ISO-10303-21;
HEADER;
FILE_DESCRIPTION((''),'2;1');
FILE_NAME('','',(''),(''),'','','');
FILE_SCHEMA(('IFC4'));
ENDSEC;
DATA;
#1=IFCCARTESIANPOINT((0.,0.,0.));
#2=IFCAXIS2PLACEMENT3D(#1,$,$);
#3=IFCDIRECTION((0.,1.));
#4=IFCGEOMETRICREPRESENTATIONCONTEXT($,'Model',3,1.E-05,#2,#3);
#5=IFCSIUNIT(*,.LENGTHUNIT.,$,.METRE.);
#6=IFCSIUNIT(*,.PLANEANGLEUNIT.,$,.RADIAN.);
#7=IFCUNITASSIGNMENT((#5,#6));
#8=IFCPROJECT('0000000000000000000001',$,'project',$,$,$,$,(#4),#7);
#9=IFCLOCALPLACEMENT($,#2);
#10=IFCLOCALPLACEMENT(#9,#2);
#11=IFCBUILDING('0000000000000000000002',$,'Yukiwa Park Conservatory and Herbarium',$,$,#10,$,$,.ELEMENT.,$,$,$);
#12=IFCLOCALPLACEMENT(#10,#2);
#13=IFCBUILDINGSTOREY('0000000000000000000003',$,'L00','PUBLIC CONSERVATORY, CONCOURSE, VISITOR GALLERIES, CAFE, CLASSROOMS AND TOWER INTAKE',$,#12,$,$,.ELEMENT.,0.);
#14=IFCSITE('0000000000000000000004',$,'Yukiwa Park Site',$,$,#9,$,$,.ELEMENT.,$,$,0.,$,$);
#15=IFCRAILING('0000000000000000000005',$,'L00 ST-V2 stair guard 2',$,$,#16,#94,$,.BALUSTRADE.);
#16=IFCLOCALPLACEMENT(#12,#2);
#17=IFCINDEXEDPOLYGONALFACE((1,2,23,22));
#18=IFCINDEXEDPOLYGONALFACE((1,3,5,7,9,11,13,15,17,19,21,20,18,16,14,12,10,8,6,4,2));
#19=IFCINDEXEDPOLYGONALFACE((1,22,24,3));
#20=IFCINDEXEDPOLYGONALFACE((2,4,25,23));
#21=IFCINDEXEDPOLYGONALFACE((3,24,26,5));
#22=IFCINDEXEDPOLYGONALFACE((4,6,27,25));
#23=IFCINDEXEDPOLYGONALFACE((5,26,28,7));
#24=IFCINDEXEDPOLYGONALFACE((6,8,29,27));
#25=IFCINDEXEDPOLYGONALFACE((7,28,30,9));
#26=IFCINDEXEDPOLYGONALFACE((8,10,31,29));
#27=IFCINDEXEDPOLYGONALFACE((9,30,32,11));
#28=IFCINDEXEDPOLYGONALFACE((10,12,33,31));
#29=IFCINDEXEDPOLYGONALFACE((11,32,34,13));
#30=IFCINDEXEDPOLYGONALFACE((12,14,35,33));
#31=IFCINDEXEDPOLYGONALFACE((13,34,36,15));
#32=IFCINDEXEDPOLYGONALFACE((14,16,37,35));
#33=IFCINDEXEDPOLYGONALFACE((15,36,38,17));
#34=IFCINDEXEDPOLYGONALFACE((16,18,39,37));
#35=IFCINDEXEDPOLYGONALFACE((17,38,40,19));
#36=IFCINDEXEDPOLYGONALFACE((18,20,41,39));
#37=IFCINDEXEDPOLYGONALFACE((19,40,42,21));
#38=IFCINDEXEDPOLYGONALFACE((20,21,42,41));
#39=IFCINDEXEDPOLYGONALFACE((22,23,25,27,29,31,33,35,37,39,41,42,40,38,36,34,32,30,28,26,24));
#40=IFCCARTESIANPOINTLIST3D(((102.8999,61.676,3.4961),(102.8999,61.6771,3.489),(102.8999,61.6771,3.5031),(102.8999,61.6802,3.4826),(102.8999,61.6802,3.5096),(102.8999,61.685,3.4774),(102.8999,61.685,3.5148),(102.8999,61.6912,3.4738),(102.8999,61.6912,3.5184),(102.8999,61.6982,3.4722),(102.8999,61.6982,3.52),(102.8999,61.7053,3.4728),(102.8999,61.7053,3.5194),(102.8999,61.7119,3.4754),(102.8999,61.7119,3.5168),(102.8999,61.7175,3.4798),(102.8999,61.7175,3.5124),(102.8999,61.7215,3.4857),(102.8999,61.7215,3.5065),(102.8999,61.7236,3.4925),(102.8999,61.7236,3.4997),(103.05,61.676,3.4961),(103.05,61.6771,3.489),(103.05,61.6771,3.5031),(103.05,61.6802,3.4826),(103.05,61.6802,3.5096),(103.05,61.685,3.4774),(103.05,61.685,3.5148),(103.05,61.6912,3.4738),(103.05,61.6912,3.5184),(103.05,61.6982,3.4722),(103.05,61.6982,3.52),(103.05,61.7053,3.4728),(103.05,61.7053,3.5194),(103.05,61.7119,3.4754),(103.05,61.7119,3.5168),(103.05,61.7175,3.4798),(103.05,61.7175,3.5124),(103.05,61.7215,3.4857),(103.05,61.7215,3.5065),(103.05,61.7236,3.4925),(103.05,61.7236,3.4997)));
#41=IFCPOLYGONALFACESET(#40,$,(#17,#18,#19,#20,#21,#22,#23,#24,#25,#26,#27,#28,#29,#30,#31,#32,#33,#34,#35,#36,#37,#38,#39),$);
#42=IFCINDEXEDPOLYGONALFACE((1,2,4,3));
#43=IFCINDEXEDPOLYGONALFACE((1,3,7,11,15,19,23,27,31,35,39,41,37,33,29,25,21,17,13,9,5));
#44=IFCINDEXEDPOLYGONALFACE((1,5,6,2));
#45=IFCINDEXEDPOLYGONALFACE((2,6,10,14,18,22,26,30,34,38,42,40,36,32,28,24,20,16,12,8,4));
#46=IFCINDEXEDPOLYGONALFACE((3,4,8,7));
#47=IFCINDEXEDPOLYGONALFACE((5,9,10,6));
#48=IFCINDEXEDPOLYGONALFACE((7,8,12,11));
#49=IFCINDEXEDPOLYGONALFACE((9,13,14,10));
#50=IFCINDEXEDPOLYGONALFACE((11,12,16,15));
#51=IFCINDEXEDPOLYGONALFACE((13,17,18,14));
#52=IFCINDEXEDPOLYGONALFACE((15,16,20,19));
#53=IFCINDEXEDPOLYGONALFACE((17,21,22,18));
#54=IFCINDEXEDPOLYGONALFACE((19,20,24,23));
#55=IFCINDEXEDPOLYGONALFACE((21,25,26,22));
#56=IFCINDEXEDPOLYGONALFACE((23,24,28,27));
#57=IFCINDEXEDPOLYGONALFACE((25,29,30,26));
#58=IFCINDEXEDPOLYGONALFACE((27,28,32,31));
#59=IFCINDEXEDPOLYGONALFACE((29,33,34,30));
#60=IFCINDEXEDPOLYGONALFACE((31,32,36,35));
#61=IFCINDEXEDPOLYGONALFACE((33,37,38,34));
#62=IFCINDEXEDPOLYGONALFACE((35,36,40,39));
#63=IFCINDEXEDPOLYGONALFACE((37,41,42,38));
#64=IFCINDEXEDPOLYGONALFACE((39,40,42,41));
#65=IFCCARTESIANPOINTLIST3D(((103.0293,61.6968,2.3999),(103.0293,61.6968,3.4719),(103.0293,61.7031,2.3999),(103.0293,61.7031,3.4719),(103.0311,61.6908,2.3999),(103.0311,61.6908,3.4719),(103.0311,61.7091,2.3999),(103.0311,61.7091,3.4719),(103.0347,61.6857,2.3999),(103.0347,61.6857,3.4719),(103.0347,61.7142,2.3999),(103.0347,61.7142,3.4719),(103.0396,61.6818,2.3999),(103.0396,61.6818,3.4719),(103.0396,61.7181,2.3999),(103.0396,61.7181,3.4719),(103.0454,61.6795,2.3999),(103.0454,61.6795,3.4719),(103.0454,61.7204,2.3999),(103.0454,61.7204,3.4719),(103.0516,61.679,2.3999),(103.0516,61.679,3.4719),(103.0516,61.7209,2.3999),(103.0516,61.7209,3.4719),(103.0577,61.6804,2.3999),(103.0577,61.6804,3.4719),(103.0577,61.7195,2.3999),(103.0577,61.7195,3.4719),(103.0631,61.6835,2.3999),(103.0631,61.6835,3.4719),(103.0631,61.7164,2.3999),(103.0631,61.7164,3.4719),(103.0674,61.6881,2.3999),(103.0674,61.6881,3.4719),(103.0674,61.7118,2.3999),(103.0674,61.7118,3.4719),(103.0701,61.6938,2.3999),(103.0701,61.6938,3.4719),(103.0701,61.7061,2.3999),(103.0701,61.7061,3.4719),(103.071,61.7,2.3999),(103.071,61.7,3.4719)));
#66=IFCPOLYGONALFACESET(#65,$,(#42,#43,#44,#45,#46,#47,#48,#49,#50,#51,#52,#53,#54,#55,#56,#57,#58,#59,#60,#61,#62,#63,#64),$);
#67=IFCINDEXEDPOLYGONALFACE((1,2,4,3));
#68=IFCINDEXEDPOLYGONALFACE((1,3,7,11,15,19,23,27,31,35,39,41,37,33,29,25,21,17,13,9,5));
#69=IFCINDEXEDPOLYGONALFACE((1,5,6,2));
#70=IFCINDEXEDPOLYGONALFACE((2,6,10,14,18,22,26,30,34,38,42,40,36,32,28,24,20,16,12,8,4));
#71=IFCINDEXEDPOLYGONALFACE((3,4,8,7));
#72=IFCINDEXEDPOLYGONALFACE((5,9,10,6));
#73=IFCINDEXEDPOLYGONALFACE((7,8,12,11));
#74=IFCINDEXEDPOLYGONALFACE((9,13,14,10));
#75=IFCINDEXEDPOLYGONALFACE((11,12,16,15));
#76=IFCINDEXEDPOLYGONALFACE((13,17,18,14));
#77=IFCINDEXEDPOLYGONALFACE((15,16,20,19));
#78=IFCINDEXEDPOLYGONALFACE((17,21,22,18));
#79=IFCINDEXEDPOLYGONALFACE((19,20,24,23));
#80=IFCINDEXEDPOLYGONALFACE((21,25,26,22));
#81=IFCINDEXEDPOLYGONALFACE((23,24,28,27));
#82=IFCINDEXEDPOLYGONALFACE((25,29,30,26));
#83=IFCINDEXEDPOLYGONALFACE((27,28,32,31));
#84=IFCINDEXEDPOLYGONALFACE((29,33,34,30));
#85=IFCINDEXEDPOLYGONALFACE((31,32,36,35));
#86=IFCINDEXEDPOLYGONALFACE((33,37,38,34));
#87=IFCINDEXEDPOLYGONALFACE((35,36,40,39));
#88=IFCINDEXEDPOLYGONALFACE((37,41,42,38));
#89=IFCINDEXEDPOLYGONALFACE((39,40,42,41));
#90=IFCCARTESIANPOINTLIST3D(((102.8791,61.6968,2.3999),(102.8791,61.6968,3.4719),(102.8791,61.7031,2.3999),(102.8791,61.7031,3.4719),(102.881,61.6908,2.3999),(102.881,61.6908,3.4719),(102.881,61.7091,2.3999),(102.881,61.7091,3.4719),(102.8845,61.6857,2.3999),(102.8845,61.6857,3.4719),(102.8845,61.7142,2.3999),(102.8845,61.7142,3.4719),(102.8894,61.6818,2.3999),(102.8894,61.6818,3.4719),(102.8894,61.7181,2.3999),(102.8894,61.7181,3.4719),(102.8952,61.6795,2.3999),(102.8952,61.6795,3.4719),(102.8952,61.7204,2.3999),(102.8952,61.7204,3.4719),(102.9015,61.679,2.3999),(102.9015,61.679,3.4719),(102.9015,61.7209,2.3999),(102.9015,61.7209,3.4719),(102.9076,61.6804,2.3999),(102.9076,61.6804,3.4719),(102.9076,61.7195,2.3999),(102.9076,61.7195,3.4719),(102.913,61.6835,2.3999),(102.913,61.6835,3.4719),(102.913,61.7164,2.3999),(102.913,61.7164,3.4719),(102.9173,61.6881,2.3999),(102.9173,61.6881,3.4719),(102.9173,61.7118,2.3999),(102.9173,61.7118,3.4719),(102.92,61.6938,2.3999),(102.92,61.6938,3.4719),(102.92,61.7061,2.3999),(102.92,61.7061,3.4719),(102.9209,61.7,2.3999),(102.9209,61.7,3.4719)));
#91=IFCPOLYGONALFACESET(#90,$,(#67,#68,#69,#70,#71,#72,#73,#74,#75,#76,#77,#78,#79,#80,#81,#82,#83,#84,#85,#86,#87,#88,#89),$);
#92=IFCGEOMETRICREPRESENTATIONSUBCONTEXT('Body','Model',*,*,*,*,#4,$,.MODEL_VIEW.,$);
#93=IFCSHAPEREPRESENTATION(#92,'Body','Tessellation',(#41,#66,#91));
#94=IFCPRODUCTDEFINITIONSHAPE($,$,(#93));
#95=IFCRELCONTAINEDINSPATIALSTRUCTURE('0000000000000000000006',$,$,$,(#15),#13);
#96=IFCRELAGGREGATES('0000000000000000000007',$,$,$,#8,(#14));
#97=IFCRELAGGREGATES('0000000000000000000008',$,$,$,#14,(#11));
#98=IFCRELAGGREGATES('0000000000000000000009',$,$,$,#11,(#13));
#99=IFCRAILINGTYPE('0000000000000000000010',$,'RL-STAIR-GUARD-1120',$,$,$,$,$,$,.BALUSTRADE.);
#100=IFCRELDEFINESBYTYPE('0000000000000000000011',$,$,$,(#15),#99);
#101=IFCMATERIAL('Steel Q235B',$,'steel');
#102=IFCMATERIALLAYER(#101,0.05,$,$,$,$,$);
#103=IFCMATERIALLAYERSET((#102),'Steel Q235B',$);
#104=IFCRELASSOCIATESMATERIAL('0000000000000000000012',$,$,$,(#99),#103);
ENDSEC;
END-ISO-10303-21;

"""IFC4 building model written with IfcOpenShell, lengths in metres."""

from ifc_helpers import new_model, si_unit, direction, frame, origin, origin_2d, place, context, subcontext, project, spatial, circle, extrude, material, layer, layer_set, type_object, element, save


model = new_model("IFC4")

# Units and contexts
model_context = context("Model", 3, precision=1e-05, world=origin(), true_north=direction((0.0, 1.0)))
body_context = subcontext(model_context, "Body", "Model", "MODEL_VIEW")
ifc_project = project(units=[si_unit("LENGTHUNIT", "METRE"), si_unit("PLANEANGLEUNIT", "RADIAN")], contexts=[model_context])

# Site, building, storey
site_placement = place(None, origin())
site = spatial("IfcSite", under=ifc_project, at=site_placement, Name="Yukiwa Park Site", CompositionType="ELEMENT", RefElevation=0.0)
building_placement = place(site_placement, origin())
building = spatial("IfcBuilding", under=site, at=building_placement, Name="Yukiwa Park Conservatory and Herbarium", CompositionType="ELEMENT")
storey_placement = place(building_placement, origin())
storey = spatial("IfcBuildingStorey", under=building, at=storey_placement, Name="L00", Description="PUBLIC CONSERVATORY, CONCOURSE, VISITOR GALLERIES, CAFE, CLASSROOMS AND TOWER INTAKE", CompositionType="ELEMENT", Elevation=0.0)

# Railing
ifc_material_1 = material(Name="Steel Q235B", Category="steel")
ifc_layer_1 = layer(ifc_material_1, 0.05)
ifc_layer_set_1 = layer_set([ifc_layer_1], Name="Steel Q235B")
railing_type_1 = type_object("IfcRailingType", Name="RL-STAIR-GUARD-1120", PredefinedType="BALUSTRADE", material=ifc_layer_set_1)
railing_1_placement = place(storey_placement, frame((103.05, 61.7, 2.3999)))
element("IfcRailing", 1, at=railing_1_placement, inside=storey, type_object=railing_type_1, Name="L00 ST-V2 stair guard 2", PredefinedType="BALUSTRADE", context=body_context, shape_type="SweptSolid", body=[
    extrude(circle(Radius=0.0239, at=origin_2d()), frame((0.0, 0.0, 1.0962), z_axis=(-1.0, 0.0, 0.0), x_axis=(0.0, -1.0, 0.0)), (0.0, 0.0, 1.0), 0.1501),
    extrude(circle(Radius=0.021, at=origin_2d()), origin(), (0.0, 0.0, 1.0), 1.072),
    extrude(circle(Radius=0.021, at=origin_2d()), frame((-0.1501, 0.0, 0.0)), (0.0, 0.0, 1.0), 1.072),
])

save(model, "model.ifc")
